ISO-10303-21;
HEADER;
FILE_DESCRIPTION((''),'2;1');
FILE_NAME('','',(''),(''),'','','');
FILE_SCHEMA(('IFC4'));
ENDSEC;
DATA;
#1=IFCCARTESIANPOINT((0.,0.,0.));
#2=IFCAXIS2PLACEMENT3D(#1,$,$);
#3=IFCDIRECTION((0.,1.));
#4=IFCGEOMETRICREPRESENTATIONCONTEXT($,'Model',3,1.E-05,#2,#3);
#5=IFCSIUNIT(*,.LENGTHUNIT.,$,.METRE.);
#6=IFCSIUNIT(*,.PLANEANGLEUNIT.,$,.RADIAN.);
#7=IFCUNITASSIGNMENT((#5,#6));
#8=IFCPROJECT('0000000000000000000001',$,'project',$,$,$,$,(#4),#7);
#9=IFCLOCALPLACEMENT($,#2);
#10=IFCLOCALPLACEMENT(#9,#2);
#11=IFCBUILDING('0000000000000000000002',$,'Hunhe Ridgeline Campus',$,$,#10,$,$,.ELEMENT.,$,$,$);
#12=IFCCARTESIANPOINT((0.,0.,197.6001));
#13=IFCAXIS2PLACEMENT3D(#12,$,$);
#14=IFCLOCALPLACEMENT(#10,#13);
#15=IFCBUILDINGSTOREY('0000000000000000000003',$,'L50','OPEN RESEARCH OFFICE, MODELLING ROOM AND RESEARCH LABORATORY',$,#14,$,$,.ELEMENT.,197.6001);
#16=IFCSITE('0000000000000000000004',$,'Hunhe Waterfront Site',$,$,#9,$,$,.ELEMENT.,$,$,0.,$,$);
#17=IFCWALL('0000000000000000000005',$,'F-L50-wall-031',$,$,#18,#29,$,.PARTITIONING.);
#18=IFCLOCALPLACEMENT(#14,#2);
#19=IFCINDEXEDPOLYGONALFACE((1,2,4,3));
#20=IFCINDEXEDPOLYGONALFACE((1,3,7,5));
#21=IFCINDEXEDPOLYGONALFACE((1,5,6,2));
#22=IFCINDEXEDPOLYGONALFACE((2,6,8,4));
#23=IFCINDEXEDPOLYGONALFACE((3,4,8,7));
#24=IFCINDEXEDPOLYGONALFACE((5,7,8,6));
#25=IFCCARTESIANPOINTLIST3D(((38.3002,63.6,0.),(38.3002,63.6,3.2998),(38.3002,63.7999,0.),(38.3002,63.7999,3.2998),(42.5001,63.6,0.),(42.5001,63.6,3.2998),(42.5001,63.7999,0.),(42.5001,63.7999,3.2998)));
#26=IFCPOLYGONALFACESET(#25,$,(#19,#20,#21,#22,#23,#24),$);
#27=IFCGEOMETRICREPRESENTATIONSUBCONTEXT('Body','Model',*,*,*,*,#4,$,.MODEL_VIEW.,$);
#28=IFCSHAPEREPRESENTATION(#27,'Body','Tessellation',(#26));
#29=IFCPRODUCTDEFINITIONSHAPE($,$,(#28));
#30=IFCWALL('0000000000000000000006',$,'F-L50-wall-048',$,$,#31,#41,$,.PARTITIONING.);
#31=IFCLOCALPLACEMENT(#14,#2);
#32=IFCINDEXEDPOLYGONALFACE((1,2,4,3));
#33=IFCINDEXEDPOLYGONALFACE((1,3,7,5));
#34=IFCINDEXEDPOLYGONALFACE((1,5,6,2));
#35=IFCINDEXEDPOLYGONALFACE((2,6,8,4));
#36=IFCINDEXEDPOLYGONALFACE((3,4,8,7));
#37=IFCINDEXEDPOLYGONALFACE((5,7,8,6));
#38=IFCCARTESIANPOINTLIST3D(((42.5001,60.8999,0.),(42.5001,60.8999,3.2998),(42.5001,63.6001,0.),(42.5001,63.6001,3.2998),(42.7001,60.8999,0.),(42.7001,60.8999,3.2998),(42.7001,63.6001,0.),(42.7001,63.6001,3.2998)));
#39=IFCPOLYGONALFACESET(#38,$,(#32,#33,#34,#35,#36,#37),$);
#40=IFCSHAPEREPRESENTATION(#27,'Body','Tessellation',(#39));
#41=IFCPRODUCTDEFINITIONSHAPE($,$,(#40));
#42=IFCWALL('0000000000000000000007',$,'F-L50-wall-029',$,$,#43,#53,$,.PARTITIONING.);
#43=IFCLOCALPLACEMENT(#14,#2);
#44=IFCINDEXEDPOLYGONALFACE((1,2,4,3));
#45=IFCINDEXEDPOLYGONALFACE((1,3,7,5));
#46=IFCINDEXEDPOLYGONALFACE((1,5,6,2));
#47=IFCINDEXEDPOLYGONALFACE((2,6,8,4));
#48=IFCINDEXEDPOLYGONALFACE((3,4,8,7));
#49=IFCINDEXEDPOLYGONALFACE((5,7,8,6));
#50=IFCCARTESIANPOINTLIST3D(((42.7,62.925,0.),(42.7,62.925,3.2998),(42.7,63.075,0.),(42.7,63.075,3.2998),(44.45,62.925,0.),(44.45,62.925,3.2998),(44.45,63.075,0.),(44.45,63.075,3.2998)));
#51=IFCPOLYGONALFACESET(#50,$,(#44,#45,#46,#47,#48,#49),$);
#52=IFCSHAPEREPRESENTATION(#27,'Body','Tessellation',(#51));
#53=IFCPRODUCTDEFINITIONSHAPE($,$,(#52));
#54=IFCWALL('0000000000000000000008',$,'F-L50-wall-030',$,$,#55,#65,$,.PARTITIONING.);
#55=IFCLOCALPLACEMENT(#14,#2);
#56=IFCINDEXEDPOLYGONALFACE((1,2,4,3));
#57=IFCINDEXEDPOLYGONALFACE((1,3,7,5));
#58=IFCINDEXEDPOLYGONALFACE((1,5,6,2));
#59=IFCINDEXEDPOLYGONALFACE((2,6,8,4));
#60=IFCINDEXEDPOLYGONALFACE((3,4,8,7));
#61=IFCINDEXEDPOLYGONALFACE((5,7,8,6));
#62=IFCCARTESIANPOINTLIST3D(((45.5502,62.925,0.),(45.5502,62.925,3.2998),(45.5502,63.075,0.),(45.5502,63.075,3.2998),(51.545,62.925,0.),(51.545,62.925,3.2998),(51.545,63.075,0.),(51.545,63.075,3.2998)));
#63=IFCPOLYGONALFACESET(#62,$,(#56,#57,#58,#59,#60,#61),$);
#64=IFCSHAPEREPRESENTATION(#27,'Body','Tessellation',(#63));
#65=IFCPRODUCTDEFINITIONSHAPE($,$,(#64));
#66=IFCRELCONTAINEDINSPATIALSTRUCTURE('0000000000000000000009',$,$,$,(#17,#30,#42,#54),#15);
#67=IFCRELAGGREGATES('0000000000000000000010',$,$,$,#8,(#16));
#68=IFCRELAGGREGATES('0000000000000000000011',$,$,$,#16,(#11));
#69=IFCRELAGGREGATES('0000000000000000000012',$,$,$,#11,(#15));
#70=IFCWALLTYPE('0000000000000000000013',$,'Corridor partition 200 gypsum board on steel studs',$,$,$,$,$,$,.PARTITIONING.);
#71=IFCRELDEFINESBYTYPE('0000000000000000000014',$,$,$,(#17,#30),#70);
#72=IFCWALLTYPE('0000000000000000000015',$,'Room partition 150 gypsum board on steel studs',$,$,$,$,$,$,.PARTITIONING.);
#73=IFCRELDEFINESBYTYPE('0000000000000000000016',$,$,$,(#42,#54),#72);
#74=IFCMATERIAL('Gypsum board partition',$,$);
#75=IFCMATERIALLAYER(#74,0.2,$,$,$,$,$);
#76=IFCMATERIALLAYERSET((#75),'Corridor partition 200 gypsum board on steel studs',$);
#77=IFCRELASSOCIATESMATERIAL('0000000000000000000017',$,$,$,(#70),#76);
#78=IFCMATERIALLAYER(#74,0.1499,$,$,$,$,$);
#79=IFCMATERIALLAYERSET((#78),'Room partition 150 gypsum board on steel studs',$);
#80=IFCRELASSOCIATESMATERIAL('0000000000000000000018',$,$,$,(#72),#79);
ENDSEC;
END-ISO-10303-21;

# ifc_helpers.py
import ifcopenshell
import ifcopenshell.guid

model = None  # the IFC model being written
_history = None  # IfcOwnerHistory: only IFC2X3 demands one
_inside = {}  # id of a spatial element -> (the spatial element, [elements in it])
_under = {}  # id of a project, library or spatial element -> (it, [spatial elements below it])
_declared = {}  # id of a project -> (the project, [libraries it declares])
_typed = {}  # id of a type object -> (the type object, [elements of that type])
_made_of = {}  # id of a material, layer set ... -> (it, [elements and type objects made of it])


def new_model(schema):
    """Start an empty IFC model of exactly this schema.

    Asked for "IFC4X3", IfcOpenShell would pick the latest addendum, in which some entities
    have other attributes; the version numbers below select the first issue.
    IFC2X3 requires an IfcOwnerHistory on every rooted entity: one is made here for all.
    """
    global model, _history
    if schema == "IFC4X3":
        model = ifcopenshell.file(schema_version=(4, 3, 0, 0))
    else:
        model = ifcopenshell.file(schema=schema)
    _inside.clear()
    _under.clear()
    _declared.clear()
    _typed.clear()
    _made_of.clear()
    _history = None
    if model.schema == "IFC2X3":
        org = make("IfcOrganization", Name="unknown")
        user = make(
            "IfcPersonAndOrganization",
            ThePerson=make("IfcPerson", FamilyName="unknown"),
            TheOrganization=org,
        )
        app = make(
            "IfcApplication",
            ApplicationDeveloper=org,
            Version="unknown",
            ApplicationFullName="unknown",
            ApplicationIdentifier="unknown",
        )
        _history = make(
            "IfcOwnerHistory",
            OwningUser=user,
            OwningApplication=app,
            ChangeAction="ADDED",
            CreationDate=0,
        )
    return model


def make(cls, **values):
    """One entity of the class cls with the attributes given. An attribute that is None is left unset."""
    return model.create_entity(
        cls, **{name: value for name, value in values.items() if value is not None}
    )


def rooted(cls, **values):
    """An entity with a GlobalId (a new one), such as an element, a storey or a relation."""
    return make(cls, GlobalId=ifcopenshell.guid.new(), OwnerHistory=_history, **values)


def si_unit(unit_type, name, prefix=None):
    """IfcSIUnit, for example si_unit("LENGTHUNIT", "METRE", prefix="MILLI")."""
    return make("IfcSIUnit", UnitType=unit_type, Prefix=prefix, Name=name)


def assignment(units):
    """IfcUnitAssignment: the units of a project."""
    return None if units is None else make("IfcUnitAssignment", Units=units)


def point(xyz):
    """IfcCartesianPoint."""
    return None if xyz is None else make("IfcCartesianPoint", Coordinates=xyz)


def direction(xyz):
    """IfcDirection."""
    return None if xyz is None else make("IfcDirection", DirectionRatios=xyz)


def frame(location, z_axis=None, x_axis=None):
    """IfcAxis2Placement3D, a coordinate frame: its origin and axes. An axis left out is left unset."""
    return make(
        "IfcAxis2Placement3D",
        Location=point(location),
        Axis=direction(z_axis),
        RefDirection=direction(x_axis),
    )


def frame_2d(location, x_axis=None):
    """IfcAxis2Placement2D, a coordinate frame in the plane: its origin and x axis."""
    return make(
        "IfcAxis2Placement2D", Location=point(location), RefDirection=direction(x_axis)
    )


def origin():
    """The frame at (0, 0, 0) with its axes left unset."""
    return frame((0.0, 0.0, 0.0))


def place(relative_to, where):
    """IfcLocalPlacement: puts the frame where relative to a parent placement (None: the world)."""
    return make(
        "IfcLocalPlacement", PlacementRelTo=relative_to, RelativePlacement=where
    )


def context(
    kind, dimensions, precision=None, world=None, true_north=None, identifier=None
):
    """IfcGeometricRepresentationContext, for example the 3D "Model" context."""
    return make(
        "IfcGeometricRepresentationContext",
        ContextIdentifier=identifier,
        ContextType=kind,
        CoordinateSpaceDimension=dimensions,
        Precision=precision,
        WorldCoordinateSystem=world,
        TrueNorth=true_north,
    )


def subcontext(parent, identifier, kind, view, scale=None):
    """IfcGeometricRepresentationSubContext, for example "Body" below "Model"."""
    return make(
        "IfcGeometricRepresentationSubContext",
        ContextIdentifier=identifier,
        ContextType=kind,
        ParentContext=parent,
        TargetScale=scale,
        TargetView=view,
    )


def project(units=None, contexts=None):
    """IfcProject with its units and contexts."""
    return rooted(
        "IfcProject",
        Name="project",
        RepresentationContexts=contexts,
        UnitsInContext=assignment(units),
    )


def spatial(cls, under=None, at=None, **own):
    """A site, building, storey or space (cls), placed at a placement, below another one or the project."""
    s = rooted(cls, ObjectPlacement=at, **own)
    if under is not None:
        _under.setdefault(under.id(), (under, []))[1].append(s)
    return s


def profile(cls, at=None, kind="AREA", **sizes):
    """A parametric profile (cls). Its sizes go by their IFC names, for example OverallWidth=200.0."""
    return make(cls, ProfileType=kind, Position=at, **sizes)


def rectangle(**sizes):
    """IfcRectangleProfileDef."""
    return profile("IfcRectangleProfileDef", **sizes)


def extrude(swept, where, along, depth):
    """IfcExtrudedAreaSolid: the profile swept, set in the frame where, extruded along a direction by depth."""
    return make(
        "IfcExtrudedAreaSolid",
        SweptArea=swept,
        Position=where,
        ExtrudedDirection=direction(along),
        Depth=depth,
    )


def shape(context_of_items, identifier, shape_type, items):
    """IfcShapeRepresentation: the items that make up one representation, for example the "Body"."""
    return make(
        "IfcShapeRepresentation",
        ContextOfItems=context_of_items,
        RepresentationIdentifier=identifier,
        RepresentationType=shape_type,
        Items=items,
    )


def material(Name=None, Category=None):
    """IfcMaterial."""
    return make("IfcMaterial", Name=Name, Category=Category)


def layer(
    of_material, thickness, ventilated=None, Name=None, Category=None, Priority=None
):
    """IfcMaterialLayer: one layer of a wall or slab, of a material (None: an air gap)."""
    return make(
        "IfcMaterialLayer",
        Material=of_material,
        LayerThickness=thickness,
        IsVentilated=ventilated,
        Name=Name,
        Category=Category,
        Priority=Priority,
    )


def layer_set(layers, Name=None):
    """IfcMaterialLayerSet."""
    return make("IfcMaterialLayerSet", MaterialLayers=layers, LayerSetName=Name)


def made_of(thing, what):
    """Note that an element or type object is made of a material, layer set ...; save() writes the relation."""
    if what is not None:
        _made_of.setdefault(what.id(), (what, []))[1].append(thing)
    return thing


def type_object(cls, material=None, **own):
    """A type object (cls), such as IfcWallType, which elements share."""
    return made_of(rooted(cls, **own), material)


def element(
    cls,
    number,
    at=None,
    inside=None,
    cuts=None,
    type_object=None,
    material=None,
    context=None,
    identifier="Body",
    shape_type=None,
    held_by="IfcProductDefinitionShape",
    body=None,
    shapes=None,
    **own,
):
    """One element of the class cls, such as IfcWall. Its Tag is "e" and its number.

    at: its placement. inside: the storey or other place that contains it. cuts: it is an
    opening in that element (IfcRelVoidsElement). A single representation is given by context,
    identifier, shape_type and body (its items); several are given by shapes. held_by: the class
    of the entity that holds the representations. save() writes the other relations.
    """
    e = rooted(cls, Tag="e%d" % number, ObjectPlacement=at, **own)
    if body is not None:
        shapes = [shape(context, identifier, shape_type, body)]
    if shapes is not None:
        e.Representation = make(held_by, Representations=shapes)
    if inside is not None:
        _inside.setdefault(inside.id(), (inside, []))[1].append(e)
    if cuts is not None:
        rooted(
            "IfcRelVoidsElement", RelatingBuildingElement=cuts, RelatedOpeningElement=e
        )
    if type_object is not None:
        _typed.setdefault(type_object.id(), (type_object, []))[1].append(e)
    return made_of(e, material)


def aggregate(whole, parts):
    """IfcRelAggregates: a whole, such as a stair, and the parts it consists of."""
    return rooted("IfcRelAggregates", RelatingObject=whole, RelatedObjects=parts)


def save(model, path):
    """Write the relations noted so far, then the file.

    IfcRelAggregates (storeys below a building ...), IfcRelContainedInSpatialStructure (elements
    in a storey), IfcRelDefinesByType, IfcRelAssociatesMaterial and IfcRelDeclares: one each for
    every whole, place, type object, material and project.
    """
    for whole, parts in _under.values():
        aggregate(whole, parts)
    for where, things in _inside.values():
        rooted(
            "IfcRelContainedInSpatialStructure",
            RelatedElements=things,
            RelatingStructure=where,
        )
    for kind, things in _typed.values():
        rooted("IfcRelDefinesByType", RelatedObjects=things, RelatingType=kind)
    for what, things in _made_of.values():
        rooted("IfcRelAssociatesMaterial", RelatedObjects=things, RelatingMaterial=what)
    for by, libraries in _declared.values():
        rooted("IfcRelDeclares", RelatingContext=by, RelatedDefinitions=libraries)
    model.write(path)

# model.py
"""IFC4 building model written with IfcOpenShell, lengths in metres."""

from ifc_helpers import new_model, si_unit, direction, frame, frame_2d, origin, place, context, subcontext, project, spatial, rectangle, extrude, material, layer, layer_set, type_object, element, save


model = new_model("IFC4")

# Units and contexts
model_context = context("Model", 3, precision=1e-05, world=origin(), true_north=direction((0.0, 1.0)))
body_context = subcontext(model_context, "Body", "Model", "MODEL_VIEW")
ifc_project = project(units=[si_unit("LENGTHUNIT", "METRE"), si_unit("PLANEANGLEUNIT", "RADIAN")], contexts=[model_context])

# Site, building, storey
site_placement = place(None, origin())
site = spatial("IfcSite", under=ifc_project, at=site_placement, Name="Hunhe Waterfront Site", CompositionType="ELEMENT", RefElevation=0.0)
building_placement = place(site_placement, origin())
building = spatial("IfcBuilding", under=site, at=building_placement, Name="Hunhe Ridgeline Campus", CompositionType="ELEMENT")
storey_placement = place(building_placement, frame((0.0, 0.0, 197.6001)))
storey = spatial("IfcBuildingStorey", under=building, at=storey_placement, Name="L50", Description="OPEN RESEARCH OFFICE, MODELLING ROOM AND RESEARCH LABORATORY", CompositionType="ELEMENT", Elevation=197.6001)

# Shared definitions
ifc_material_1 = material(Name="Gypsum board partition")
ifc_layer_1 = layer(ifc_material_1, 0.2)
ifc_layer_set_1 = layer_set([ifc_layer_1], Name="Corridor partition 200 gypsum board on steel studs")
wall_type_1 = type_object("IfcWallType", Name="Corridor partition 200 gypsum board on steel studs", PredefinedType="PARTITIONING", material=ifc_layer_set_1)

# Wall
wall_1_placement = place(storey_placement, frame((38.3, 63.7, 0.0), z_axis=(0.0, 0.0, 1.0), x_axis=(1.0, 0.0, 0.0)))
element("IfcWall", 1, at=wall_1_placement, inside=storey, type_object=wall_type_1, Name="F-L50-wall-031", PredefinedType="PARTITIONING", context=body_context, shape_type="SweptSolid", body=[
    extrude(rectangle(XDim=4.2, YDim=0.2, at=frame_2d((2.1001, 0.0))), origin(), (0.0, 0.0, 1.0), 3.2998),
])

# Walls
wall_2_placement = place(storey_placement, frame((42.6001, 63.6001, 0.0), z_axis=(0.0, 0.0, 1.0), x_axis=(0.0, -1.0, 0.0)))
element("IfcWall", 2, at=wall_2_placement, inside=storey, type_object=wall_type_1, Name="F-L50-wall-048", PredefinedType="PARTITIONING", context=body_context, shape_type="SweptSolid", body=[
    extrude(rectangle(XDim=2.7002, YDim=0.2, at=frame_2d((1.3501, 0.0))), origin(), (0.0, 0.0, 1.0), 3.2998),
])
ifc_layer_2 = layer(ifc_material_1, 0.1499)
ifc_layer_set_2 = layer_set([ifc_layer_2], Name="Room partition 150 gypsum board on steel studs")
wall_type_2 = type_object("IfcWallType", Name="Room partition 150 gypsum board on steel studs", PredefinedType="PARTITIONING", material=ifc_layer_set_2)
wall_3_placement = place(storey_placement, frame((42.7, 63.0, 0.0), z_axis=(0.0, 0.0, 1.0), x_axis=(1.0, 0.0, 0.0)))
element("IfcWall", 3, at=wall_3_placement, inside=storey, type_object=wall_type_2, Name="F-L50-wall-029", PredefinedType="PARTITIONING", context=body_context, shape_type="SweptSolid", body=[
    extrude(rectangle(XDim=1.75, YDim=0.1499, at=frame_2d((0.875, 0.0))), origin(), (0.0, 0.0, 1.0), 3.2998),
])
wall_4_placement = place(storey_placement, frame((45.55, 63.0, 0.0), z_axis=(0.0, 0.0, 1.0), x_axis=(1.0, 0.0, 0.0)))
element("IfcWall", 4, at=wall_4_placement, inside=storey, type_object=wall_type_2, Name="F-L50-wall-030", PredefinedType="PARTITIONING", context=body_context, shape_type="SweptSolid", body=[
    extrude(rectangle(XDim=5.9949, YDim=0.1499, at=frame_2d((2.9976, 0.0))), origin(), (0.0, 0.0, 1.0), 3.2998),
])

save(model, "model.ifc")
